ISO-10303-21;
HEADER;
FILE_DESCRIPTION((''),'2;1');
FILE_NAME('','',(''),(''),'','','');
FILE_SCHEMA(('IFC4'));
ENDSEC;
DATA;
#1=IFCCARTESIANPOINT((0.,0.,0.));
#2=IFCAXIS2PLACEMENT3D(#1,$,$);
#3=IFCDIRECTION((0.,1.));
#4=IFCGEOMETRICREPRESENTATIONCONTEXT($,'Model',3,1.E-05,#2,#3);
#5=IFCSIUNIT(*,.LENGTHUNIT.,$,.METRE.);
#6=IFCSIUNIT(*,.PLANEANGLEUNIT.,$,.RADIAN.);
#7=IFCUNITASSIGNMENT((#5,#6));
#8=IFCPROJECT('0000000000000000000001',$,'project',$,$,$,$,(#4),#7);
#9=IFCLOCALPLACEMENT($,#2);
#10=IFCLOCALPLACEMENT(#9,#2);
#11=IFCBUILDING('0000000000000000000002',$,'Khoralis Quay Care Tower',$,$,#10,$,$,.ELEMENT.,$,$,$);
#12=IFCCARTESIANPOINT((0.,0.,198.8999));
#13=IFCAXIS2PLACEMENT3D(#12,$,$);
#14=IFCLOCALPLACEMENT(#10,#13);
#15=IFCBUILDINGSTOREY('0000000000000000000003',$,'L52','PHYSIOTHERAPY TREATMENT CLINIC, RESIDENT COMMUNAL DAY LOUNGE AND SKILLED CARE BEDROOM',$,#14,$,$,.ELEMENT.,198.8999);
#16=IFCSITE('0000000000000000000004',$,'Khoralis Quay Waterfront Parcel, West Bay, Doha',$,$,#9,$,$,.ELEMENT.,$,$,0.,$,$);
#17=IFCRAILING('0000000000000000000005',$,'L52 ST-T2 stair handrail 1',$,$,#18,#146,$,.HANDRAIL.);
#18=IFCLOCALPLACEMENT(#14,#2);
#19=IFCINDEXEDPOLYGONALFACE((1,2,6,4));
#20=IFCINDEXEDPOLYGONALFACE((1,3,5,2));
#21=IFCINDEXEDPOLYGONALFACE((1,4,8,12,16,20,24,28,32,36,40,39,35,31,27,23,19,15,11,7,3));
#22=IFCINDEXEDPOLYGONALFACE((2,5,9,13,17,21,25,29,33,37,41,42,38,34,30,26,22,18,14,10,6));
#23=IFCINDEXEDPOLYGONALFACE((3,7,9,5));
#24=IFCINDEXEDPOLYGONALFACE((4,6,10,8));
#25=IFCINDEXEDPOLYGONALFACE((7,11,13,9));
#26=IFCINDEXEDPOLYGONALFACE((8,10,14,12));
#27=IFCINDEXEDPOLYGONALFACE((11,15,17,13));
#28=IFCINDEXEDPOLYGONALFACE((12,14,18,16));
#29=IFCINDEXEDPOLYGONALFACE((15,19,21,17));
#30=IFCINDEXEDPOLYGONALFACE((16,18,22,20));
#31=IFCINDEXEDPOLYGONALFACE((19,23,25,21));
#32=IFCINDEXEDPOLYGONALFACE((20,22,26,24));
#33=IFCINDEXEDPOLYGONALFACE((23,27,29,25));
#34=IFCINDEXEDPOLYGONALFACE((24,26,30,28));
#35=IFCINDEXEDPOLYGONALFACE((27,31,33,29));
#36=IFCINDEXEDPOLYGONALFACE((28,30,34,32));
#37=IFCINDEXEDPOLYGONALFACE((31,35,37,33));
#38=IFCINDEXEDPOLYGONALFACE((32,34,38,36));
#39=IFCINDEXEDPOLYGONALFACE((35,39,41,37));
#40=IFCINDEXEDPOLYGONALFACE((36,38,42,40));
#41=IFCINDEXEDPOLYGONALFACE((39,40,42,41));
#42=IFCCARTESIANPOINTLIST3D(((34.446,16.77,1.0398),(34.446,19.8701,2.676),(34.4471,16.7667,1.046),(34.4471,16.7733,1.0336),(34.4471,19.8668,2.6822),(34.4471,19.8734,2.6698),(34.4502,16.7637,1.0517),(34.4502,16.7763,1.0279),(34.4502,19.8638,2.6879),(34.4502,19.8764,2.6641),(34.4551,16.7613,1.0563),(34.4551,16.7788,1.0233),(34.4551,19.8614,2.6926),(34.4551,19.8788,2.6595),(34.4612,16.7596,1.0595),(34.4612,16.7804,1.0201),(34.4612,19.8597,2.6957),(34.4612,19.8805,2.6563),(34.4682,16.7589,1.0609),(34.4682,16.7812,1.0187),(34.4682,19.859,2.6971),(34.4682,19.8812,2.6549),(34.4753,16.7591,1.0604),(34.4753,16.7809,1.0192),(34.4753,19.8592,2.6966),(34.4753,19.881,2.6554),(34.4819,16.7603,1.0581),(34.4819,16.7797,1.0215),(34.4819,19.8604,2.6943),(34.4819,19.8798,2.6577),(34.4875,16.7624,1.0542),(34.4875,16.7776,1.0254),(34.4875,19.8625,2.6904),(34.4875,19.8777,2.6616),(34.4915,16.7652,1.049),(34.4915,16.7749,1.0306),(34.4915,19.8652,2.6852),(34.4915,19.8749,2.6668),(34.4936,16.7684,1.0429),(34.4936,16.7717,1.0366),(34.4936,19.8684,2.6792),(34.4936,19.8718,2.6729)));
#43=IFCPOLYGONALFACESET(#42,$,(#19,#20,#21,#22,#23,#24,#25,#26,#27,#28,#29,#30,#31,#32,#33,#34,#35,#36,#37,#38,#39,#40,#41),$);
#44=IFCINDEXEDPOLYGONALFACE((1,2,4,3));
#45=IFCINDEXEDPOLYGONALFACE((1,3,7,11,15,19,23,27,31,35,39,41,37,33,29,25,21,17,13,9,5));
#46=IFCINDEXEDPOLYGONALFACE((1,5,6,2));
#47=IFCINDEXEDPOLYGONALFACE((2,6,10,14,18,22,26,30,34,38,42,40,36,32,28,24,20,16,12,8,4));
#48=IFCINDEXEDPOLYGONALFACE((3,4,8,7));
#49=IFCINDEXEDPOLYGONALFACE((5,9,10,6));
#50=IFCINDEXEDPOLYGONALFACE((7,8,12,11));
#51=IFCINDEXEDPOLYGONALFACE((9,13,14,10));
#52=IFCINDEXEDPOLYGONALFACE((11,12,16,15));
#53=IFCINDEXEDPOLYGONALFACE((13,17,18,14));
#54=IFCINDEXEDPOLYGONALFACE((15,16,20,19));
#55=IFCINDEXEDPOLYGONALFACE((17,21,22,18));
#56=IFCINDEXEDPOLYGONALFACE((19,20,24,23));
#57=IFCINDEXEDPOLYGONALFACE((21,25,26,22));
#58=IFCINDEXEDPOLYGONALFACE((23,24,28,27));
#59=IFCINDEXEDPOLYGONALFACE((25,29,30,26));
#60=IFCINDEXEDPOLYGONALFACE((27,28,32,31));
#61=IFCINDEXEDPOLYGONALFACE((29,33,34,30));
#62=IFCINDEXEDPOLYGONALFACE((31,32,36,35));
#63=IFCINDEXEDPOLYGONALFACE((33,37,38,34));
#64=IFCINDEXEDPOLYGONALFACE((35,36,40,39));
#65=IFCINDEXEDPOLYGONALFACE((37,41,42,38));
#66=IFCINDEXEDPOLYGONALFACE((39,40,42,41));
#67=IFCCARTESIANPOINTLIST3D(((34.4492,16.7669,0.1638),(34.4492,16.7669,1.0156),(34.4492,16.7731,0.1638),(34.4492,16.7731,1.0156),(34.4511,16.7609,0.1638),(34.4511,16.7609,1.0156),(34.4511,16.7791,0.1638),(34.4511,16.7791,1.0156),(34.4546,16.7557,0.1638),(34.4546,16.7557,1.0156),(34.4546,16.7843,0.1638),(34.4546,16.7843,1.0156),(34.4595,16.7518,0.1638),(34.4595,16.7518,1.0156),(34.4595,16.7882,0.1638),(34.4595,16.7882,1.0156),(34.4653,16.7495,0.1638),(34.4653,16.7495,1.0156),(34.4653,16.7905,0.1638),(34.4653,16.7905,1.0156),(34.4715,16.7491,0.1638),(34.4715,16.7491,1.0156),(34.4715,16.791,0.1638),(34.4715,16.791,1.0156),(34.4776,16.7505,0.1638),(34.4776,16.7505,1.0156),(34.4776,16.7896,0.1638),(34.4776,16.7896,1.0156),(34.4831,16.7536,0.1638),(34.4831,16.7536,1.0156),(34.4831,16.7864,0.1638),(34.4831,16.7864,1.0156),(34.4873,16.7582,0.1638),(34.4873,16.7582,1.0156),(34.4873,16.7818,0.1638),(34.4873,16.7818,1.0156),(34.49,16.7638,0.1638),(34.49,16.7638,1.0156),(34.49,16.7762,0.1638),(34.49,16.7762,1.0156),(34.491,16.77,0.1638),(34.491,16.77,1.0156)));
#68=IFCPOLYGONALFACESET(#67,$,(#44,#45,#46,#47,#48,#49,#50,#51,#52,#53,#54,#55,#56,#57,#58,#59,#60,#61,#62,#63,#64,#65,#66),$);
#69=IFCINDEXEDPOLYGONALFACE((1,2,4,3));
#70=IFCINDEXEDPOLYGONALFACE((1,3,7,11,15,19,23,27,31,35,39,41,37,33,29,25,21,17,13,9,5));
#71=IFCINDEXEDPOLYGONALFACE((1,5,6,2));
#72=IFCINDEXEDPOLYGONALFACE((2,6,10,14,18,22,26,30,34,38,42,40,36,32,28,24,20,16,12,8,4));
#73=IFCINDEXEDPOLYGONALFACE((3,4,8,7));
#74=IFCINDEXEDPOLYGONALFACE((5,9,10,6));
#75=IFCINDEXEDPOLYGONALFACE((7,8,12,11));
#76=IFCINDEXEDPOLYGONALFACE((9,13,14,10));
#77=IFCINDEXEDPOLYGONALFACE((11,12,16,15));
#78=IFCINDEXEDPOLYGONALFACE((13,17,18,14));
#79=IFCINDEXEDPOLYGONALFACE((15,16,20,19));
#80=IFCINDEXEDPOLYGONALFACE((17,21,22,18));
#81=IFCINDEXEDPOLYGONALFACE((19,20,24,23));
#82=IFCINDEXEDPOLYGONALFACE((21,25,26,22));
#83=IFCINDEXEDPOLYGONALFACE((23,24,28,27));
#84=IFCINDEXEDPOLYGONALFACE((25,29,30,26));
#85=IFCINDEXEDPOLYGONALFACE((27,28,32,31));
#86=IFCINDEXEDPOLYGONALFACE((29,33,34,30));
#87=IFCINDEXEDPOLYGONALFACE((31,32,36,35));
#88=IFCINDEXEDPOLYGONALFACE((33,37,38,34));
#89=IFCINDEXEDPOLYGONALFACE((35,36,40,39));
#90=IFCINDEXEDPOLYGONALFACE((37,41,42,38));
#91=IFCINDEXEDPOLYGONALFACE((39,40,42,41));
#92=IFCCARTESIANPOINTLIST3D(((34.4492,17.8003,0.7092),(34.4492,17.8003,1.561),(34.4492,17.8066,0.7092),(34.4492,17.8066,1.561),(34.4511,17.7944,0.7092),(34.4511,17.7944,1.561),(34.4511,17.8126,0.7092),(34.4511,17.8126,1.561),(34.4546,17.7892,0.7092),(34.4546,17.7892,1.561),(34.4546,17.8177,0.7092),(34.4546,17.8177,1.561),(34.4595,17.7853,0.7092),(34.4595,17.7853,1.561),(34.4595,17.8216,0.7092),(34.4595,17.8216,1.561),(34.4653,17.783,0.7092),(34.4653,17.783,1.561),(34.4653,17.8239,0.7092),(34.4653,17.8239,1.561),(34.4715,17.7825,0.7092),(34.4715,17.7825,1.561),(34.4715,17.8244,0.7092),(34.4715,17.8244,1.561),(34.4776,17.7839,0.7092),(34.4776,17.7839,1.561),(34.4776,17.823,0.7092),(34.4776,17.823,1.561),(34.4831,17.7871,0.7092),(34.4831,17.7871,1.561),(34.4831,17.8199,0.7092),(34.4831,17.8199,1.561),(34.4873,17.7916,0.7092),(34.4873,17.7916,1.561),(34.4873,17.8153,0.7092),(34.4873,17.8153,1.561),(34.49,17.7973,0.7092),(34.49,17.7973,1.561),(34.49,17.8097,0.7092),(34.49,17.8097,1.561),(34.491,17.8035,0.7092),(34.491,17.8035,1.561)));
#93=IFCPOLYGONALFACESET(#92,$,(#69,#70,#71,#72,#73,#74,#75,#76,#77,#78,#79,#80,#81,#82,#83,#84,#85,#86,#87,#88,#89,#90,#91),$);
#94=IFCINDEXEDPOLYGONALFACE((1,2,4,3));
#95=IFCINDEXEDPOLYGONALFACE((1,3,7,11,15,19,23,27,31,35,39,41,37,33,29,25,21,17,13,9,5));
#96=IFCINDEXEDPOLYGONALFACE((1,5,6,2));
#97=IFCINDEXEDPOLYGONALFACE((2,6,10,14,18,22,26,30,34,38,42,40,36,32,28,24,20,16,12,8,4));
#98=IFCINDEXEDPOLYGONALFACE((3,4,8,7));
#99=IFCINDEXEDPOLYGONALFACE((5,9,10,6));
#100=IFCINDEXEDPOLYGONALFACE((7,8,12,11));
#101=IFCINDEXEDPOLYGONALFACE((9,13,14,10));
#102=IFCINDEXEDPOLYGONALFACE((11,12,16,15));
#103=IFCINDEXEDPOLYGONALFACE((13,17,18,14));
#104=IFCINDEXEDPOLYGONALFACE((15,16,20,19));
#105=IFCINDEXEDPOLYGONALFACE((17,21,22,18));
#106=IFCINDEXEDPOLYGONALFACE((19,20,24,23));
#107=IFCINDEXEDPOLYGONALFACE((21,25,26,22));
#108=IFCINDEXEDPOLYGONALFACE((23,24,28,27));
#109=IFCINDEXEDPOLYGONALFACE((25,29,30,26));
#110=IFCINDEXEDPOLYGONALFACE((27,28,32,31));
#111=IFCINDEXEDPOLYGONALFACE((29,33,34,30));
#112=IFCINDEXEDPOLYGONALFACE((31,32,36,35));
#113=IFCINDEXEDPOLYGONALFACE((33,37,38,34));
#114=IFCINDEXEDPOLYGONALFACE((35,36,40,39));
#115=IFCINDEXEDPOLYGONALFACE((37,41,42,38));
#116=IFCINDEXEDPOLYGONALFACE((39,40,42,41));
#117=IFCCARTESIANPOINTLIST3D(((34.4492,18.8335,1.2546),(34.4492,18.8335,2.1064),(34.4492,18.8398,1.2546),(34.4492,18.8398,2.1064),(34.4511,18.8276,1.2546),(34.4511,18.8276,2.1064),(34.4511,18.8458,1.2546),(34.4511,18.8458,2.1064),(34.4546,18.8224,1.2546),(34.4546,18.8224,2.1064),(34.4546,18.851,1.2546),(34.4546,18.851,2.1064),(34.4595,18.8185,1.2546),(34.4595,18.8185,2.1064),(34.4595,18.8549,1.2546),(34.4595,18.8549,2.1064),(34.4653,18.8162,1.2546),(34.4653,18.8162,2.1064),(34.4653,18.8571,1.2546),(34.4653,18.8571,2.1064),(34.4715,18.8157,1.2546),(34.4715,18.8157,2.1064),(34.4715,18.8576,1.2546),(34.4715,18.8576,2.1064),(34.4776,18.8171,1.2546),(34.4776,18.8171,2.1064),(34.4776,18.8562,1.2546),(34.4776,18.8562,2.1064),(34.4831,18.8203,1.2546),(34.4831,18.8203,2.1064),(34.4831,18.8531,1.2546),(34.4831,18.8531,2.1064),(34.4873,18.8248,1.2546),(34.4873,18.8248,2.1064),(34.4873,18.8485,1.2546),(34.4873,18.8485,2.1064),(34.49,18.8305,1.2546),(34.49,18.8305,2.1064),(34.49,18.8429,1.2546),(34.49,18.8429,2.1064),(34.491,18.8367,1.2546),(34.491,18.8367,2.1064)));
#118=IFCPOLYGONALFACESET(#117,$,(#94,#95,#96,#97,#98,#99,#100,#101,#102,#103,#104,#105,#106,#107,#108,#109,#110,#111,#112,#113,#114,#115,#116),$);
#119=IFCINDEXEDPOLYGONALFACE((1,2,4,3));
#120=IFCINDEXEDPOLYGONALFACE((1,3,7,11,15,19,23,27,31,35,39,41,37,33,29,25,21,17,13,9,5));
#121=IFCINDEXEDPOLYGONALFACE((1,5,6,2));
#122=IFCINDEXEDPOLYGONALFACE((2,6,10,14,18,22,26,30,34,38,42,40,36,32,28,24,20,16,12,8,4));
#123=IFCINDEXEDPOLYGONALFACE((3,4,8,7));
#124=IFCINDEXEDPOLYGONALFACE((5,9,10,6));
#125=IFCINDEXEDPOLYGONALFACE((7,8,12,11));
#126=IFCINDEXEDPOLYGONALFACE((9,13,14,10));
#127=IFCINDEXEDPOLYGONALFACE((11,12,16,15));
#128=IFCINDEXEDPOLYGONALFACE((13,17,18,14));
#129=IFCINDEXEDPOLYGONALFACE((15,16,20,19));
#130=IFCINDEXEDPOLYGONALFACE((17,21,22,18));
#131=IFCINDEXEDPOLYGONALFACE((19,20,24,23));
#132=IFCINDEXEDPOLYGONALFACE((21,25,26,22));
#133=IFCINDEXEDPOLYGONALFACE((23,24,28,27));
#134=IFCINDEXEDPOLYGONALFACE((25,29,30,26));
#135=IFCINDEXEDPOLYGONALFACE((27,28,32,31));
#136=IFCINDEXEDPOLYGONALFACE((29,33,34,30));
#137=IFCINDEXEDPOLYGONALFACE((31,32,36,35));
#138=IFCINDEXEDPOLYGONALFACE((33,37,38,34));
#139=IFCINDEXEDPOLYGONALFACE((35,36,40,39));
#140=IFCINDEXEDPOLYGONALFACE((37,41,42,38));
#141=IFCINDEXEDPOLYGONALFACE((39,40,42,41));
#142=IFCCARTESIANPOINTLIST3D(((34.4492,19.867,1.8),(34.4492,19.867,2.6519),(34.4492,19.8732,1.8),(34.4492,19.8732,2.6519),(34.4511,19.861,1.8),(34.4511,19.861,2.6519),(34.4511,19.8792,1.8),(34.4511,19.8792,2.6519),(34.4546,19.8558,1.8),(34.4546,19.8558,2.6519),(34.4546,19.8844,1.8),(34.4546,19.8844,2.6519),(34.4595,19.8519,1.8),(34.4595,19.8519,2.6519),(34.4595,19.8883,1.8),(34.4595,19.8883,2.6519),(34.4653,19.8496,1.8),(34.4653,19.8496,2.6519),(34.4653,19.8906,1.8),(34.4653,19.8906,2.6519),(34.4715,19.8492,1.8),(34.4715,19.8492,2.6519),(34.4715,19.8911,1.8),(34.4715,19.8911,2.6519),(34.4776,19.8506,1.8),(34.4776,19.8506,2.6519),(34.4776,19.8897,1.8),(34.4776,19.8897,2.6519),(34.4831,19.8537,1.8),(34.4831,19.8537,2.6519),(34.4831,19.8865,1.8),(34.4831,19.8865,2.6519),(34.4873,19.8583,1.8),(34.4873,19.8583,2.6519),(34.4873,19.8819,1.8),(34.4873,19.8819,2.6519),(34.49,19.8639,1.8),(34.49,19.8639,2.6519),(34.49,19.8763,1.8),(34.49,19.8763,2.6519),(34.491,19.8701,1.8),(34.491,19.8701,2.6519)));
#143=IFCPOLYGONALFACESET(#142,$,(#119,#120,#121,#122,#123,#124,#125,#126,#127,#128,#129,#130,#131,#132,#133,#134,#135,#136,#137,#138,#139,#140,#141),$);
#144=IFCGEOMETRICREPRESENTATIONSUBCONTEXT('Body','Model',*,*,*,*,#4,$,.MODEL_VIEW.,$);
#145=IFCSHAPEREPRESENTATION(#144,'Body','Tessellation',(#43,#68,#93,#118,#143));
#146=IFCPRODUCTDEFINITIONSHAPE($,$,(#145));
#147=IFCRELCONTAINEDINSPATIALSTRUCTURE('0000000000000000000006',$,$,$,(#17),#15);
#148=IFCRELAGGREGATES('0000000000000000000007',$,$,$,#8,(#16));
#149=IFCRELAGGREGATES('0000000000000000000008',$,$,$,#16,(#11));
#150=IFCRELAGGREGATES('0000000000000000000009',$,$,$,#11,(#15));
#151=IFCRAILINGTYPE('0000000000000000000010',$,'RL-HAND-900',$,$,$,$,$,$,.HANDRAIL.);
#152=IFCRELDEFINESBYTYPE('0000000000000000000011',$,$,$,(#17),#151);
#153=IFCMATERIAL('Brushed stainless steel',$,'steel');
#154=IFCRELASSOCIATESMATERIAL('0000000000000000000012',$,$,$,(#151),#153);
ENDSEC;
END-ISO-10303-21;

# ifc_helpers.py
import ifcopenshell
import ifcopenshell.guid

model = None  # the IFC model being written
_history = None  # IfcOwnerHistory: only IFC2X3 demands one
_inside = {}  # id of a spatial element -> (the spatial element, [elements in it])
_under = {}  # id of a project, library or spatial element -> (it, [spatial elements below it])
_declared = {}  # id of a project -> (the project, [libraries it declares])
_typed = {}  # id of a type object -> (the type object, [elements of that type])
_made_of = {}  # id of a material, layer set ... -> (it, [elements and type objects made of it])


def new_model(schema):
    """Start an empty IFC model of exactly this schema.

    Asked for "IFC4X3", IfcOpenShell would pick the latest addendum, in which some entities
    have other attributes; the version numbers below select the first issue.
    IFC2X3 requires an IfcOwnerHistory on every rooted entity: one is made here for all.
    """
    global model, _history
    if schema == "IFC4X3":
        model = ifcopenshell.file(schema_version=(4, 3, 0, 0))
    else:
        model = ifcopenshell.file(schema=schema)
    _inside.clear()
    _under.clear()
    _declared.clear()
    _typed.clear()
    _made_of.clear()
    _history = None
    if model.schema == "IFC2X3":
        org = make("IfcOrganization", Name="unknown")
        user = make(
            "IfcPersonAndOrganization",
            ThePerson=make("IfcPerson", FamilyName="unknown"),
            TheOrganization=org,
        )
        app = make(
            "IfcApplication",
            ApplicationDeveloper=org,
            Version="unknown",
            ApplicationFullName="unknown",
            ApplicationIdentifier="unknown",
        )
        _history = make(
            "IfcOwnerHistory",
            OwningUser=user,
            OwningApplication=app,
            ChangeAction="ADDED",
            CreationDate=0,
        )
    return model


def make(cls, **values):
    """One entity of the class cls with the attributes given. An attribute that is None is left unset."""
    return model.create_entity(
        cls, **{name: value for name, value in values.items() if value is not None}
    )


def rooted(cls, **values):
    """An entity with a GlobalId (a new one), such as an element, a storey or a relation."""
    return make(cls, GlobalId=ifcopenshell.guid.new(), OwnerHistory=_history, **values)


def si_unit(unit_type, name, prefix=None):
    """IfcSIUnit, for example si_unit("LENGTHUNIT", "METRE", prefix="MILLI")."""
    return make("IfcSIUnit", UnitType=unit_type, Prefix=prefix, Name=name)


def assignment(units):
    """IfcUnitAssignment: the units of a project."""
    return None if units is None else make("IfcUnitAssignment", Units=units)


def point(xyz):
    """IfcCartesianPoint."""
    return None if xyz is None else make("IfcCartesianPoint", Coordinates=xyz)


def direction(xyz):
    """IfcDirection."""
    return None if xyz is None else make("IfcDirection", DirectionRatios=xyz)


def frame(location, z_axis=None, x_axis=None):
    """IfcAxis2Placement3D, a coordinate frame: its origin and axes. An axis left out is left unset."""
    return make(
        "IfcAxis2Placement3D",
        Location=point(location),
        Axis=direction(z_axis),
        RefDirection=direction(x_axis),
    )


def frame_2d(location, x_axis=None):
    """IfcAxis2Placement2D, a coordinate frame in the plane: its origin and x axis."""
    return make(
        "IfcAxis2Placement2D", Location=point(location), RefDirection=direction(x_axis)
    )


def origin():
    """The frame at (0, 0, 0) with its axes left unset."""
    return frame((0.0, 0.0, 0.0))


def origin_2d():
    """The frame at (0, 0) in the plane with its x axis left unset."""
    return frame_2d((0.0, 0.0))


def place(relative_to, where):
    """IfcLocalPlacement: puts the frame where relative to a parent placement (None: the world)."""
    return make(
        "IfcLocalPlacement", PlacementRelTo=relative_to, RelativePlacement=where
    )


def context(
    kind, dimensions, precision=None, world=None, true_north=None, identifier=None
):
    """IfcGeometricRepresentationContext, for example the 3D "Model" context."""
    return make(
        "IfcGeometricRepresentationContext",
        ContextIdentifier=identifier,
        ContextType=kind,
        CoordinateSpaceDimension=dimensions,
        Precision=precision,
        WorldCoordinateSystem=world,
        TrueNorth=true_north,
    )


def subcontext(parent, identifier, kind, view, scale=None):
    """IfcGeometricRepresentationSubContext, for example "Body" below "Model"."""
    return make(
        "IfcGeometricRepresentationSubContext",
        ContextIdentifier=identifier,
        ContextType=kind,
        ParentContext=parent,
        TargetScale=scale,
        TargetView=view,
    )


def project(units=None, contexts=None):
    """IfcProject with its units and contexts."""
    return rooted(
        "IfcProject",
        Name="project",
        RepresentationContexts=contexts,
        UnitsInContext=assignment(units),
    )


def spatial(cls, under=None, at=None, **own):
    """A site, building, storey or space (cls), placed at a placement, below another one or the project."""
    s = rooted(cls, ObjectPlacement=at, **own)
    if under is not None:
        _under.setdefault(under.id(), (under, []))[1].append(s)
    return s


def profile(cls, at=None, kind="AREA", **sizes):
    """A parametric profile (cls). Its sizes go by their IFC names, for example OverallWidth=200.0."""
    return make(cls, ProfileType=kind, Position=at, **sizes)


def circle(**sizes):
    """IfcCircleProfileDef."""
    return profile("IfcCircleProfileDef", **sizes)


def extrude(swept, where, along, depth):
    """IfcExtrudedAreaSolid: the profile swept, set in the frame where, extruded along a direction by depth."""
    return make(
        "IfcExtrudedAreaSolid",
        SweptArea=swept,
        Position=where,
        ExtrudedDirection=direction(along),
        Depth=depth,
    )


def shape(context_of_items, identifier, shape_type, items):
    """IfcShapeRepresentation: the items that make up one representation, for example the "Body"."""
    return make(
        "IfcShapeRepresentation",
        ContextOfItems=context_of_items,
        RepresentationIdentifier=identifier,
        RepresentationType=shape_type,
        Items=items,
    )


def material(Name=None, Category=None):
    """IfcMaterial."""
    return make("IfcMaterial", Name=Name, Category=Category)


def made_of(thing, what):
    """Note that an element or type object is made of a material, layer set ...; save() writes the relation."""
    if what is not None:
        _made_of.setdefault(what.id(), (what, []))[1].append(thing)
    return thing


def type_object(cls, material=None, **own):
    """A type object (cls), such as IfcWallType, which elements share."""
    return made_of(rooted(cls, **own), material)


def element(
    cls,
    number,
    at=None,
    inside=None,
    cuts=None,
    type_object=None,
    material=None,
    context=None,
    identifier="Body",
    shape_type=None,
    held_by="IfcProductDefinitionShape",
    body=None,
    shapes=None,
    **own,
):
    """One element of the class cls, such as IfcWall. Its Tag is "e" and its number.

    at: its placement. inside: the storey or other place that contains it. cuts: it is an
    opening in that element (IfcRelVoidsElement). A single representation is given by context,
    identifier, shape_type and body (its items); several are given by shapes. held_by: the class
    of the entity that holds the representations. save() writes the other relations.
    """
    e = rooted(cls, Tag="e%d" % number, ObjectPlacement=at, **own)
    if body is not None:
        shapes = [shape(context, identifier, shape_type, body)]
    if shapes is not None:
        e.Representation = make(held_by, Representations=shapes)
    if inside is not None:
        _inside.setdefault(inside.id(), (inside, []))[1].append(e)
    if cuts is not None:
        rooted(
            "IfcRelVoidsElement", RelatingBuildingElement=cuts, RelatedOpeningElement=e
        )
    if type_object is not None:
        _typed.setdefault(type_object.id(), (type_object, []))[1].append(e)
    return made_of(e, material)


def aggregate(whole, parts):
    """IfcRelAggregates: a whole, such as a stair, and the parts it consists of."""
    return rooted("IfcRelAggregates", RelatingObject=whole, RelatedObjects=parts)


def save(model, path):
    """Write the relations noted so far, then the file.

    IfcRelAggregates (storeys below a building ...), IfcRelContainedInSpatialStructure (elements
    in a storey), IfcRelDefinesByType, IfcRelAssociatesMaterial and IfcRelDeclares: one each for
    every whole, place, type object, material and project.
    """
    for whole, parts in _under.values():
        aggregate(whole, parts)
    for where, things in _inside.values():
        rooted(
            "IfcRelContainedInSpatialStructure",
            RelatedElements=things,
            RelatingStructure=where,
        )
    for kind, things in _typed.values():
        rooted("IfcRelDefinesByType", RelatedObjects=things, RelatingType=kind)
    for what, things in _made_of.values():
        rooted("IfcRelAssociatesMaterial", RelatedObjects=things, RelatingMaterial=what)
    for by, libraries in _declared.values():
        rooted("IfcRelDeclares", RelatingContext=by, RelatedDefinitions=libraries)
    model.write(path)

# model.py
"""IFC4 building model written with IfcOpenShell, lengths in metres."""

from ifc_helpers import new_model, si_unit, direction, frame, origin, origin_2d, place, context, subcontext, project, spatial, circle, extrude, material, type_object, element, save


model = new_model("IFC4")

# Units and contexts
model_context = context("Model", 3, precision=1e-05, world=origin(), true_north=direction((0.0, 1.0)))
body_context = subcontext(model_context, "Body", "Model", "MODEL_VIEW")
ifc_project = project(units=[si_unit("LENGTHUNIT", "METRE"), si_unit("PLANEANGLEUNIT", "RADIAN")], contexts=[model_context])

# Site, building, storey
site_placement = place(None, origin())
site = spatial("IfcSite", under=ifc_project, at=site_placement, Name="Khoralis Quay Waterfront Parcel, West Bay, Doha", CompositionType="ELEMENT", RefElevation=0.0)
building_placement = place(site_placement, origin())
building = spatial("IfcBuilding", under=site, at=building_placement, Name="Khoralis Quay Care Tower", CompositionType="ELEMENT")
storey_placement = place(building_placement, frame((0.0, 0.0, 198.8999)))
storey = spatial("IfcBuildingStorey", under=building, at=storey_placement, Name="L52", Description="PHYSIOTHERAPY TREATMENT CLINIC, RESIDENT COMMUNAL DAY LOUNGE AND SKILLED CARE BEDROOM", CompositionType="ELEMENT", Elevation=198.8999)

# Railing
ifc_material_1 = material(Name="Brushed stainless steel", Category="steel")
railing_type = type_object("IfcRailingType", Name="RL-HAND-900", PredefinedType="HANDRAIL", material=ifc_material_1)
railing_placement = place(storey_placement, frame((34.47, 16.77, 0.1638)))
element("IfcRailing", 1, at=railing_placement, inside=storey, type_object=railing_type, Name="L52 ST-T2 stair handrail 1", PredefinedType="HANDRAIL", context=body_context, shape_type="SweptSolid", body=[
    extrude(circle(Radius=0.0239, at=origin_2d()), frame((0.0, 0.0, 0.876), z_axis=(0.0, 0.884377, 0.466774), x_axis=(-1.0, 0.0, 0.0)), (0.0, 0.0, 1.0), 3.5054),
    extrude(circle(Radius=0.021, at=origin_2d()), origin(), (0.0, 0.0, 1.0), 0.8518),
    extrude(circle(Radius=0.021, at=origin_2d()), frame((0.0, 1.0334, 0.5454)), (0.0, 0.0, 1.0), 0.8518),
    extrude(circle(Radius=0.021, at=origin_2d()), frame((0.0, 2.0667, 1.0908)), (0.0, 0.0, 1.0), 0.8518),
    extrude(circle(Radius=0.021, at=origin_2d()), frame((0.0, 3.1001, 1.6362)), (0.0, 0.0, 1.0), 0.8518),
])

save(model, "model.ifc")
